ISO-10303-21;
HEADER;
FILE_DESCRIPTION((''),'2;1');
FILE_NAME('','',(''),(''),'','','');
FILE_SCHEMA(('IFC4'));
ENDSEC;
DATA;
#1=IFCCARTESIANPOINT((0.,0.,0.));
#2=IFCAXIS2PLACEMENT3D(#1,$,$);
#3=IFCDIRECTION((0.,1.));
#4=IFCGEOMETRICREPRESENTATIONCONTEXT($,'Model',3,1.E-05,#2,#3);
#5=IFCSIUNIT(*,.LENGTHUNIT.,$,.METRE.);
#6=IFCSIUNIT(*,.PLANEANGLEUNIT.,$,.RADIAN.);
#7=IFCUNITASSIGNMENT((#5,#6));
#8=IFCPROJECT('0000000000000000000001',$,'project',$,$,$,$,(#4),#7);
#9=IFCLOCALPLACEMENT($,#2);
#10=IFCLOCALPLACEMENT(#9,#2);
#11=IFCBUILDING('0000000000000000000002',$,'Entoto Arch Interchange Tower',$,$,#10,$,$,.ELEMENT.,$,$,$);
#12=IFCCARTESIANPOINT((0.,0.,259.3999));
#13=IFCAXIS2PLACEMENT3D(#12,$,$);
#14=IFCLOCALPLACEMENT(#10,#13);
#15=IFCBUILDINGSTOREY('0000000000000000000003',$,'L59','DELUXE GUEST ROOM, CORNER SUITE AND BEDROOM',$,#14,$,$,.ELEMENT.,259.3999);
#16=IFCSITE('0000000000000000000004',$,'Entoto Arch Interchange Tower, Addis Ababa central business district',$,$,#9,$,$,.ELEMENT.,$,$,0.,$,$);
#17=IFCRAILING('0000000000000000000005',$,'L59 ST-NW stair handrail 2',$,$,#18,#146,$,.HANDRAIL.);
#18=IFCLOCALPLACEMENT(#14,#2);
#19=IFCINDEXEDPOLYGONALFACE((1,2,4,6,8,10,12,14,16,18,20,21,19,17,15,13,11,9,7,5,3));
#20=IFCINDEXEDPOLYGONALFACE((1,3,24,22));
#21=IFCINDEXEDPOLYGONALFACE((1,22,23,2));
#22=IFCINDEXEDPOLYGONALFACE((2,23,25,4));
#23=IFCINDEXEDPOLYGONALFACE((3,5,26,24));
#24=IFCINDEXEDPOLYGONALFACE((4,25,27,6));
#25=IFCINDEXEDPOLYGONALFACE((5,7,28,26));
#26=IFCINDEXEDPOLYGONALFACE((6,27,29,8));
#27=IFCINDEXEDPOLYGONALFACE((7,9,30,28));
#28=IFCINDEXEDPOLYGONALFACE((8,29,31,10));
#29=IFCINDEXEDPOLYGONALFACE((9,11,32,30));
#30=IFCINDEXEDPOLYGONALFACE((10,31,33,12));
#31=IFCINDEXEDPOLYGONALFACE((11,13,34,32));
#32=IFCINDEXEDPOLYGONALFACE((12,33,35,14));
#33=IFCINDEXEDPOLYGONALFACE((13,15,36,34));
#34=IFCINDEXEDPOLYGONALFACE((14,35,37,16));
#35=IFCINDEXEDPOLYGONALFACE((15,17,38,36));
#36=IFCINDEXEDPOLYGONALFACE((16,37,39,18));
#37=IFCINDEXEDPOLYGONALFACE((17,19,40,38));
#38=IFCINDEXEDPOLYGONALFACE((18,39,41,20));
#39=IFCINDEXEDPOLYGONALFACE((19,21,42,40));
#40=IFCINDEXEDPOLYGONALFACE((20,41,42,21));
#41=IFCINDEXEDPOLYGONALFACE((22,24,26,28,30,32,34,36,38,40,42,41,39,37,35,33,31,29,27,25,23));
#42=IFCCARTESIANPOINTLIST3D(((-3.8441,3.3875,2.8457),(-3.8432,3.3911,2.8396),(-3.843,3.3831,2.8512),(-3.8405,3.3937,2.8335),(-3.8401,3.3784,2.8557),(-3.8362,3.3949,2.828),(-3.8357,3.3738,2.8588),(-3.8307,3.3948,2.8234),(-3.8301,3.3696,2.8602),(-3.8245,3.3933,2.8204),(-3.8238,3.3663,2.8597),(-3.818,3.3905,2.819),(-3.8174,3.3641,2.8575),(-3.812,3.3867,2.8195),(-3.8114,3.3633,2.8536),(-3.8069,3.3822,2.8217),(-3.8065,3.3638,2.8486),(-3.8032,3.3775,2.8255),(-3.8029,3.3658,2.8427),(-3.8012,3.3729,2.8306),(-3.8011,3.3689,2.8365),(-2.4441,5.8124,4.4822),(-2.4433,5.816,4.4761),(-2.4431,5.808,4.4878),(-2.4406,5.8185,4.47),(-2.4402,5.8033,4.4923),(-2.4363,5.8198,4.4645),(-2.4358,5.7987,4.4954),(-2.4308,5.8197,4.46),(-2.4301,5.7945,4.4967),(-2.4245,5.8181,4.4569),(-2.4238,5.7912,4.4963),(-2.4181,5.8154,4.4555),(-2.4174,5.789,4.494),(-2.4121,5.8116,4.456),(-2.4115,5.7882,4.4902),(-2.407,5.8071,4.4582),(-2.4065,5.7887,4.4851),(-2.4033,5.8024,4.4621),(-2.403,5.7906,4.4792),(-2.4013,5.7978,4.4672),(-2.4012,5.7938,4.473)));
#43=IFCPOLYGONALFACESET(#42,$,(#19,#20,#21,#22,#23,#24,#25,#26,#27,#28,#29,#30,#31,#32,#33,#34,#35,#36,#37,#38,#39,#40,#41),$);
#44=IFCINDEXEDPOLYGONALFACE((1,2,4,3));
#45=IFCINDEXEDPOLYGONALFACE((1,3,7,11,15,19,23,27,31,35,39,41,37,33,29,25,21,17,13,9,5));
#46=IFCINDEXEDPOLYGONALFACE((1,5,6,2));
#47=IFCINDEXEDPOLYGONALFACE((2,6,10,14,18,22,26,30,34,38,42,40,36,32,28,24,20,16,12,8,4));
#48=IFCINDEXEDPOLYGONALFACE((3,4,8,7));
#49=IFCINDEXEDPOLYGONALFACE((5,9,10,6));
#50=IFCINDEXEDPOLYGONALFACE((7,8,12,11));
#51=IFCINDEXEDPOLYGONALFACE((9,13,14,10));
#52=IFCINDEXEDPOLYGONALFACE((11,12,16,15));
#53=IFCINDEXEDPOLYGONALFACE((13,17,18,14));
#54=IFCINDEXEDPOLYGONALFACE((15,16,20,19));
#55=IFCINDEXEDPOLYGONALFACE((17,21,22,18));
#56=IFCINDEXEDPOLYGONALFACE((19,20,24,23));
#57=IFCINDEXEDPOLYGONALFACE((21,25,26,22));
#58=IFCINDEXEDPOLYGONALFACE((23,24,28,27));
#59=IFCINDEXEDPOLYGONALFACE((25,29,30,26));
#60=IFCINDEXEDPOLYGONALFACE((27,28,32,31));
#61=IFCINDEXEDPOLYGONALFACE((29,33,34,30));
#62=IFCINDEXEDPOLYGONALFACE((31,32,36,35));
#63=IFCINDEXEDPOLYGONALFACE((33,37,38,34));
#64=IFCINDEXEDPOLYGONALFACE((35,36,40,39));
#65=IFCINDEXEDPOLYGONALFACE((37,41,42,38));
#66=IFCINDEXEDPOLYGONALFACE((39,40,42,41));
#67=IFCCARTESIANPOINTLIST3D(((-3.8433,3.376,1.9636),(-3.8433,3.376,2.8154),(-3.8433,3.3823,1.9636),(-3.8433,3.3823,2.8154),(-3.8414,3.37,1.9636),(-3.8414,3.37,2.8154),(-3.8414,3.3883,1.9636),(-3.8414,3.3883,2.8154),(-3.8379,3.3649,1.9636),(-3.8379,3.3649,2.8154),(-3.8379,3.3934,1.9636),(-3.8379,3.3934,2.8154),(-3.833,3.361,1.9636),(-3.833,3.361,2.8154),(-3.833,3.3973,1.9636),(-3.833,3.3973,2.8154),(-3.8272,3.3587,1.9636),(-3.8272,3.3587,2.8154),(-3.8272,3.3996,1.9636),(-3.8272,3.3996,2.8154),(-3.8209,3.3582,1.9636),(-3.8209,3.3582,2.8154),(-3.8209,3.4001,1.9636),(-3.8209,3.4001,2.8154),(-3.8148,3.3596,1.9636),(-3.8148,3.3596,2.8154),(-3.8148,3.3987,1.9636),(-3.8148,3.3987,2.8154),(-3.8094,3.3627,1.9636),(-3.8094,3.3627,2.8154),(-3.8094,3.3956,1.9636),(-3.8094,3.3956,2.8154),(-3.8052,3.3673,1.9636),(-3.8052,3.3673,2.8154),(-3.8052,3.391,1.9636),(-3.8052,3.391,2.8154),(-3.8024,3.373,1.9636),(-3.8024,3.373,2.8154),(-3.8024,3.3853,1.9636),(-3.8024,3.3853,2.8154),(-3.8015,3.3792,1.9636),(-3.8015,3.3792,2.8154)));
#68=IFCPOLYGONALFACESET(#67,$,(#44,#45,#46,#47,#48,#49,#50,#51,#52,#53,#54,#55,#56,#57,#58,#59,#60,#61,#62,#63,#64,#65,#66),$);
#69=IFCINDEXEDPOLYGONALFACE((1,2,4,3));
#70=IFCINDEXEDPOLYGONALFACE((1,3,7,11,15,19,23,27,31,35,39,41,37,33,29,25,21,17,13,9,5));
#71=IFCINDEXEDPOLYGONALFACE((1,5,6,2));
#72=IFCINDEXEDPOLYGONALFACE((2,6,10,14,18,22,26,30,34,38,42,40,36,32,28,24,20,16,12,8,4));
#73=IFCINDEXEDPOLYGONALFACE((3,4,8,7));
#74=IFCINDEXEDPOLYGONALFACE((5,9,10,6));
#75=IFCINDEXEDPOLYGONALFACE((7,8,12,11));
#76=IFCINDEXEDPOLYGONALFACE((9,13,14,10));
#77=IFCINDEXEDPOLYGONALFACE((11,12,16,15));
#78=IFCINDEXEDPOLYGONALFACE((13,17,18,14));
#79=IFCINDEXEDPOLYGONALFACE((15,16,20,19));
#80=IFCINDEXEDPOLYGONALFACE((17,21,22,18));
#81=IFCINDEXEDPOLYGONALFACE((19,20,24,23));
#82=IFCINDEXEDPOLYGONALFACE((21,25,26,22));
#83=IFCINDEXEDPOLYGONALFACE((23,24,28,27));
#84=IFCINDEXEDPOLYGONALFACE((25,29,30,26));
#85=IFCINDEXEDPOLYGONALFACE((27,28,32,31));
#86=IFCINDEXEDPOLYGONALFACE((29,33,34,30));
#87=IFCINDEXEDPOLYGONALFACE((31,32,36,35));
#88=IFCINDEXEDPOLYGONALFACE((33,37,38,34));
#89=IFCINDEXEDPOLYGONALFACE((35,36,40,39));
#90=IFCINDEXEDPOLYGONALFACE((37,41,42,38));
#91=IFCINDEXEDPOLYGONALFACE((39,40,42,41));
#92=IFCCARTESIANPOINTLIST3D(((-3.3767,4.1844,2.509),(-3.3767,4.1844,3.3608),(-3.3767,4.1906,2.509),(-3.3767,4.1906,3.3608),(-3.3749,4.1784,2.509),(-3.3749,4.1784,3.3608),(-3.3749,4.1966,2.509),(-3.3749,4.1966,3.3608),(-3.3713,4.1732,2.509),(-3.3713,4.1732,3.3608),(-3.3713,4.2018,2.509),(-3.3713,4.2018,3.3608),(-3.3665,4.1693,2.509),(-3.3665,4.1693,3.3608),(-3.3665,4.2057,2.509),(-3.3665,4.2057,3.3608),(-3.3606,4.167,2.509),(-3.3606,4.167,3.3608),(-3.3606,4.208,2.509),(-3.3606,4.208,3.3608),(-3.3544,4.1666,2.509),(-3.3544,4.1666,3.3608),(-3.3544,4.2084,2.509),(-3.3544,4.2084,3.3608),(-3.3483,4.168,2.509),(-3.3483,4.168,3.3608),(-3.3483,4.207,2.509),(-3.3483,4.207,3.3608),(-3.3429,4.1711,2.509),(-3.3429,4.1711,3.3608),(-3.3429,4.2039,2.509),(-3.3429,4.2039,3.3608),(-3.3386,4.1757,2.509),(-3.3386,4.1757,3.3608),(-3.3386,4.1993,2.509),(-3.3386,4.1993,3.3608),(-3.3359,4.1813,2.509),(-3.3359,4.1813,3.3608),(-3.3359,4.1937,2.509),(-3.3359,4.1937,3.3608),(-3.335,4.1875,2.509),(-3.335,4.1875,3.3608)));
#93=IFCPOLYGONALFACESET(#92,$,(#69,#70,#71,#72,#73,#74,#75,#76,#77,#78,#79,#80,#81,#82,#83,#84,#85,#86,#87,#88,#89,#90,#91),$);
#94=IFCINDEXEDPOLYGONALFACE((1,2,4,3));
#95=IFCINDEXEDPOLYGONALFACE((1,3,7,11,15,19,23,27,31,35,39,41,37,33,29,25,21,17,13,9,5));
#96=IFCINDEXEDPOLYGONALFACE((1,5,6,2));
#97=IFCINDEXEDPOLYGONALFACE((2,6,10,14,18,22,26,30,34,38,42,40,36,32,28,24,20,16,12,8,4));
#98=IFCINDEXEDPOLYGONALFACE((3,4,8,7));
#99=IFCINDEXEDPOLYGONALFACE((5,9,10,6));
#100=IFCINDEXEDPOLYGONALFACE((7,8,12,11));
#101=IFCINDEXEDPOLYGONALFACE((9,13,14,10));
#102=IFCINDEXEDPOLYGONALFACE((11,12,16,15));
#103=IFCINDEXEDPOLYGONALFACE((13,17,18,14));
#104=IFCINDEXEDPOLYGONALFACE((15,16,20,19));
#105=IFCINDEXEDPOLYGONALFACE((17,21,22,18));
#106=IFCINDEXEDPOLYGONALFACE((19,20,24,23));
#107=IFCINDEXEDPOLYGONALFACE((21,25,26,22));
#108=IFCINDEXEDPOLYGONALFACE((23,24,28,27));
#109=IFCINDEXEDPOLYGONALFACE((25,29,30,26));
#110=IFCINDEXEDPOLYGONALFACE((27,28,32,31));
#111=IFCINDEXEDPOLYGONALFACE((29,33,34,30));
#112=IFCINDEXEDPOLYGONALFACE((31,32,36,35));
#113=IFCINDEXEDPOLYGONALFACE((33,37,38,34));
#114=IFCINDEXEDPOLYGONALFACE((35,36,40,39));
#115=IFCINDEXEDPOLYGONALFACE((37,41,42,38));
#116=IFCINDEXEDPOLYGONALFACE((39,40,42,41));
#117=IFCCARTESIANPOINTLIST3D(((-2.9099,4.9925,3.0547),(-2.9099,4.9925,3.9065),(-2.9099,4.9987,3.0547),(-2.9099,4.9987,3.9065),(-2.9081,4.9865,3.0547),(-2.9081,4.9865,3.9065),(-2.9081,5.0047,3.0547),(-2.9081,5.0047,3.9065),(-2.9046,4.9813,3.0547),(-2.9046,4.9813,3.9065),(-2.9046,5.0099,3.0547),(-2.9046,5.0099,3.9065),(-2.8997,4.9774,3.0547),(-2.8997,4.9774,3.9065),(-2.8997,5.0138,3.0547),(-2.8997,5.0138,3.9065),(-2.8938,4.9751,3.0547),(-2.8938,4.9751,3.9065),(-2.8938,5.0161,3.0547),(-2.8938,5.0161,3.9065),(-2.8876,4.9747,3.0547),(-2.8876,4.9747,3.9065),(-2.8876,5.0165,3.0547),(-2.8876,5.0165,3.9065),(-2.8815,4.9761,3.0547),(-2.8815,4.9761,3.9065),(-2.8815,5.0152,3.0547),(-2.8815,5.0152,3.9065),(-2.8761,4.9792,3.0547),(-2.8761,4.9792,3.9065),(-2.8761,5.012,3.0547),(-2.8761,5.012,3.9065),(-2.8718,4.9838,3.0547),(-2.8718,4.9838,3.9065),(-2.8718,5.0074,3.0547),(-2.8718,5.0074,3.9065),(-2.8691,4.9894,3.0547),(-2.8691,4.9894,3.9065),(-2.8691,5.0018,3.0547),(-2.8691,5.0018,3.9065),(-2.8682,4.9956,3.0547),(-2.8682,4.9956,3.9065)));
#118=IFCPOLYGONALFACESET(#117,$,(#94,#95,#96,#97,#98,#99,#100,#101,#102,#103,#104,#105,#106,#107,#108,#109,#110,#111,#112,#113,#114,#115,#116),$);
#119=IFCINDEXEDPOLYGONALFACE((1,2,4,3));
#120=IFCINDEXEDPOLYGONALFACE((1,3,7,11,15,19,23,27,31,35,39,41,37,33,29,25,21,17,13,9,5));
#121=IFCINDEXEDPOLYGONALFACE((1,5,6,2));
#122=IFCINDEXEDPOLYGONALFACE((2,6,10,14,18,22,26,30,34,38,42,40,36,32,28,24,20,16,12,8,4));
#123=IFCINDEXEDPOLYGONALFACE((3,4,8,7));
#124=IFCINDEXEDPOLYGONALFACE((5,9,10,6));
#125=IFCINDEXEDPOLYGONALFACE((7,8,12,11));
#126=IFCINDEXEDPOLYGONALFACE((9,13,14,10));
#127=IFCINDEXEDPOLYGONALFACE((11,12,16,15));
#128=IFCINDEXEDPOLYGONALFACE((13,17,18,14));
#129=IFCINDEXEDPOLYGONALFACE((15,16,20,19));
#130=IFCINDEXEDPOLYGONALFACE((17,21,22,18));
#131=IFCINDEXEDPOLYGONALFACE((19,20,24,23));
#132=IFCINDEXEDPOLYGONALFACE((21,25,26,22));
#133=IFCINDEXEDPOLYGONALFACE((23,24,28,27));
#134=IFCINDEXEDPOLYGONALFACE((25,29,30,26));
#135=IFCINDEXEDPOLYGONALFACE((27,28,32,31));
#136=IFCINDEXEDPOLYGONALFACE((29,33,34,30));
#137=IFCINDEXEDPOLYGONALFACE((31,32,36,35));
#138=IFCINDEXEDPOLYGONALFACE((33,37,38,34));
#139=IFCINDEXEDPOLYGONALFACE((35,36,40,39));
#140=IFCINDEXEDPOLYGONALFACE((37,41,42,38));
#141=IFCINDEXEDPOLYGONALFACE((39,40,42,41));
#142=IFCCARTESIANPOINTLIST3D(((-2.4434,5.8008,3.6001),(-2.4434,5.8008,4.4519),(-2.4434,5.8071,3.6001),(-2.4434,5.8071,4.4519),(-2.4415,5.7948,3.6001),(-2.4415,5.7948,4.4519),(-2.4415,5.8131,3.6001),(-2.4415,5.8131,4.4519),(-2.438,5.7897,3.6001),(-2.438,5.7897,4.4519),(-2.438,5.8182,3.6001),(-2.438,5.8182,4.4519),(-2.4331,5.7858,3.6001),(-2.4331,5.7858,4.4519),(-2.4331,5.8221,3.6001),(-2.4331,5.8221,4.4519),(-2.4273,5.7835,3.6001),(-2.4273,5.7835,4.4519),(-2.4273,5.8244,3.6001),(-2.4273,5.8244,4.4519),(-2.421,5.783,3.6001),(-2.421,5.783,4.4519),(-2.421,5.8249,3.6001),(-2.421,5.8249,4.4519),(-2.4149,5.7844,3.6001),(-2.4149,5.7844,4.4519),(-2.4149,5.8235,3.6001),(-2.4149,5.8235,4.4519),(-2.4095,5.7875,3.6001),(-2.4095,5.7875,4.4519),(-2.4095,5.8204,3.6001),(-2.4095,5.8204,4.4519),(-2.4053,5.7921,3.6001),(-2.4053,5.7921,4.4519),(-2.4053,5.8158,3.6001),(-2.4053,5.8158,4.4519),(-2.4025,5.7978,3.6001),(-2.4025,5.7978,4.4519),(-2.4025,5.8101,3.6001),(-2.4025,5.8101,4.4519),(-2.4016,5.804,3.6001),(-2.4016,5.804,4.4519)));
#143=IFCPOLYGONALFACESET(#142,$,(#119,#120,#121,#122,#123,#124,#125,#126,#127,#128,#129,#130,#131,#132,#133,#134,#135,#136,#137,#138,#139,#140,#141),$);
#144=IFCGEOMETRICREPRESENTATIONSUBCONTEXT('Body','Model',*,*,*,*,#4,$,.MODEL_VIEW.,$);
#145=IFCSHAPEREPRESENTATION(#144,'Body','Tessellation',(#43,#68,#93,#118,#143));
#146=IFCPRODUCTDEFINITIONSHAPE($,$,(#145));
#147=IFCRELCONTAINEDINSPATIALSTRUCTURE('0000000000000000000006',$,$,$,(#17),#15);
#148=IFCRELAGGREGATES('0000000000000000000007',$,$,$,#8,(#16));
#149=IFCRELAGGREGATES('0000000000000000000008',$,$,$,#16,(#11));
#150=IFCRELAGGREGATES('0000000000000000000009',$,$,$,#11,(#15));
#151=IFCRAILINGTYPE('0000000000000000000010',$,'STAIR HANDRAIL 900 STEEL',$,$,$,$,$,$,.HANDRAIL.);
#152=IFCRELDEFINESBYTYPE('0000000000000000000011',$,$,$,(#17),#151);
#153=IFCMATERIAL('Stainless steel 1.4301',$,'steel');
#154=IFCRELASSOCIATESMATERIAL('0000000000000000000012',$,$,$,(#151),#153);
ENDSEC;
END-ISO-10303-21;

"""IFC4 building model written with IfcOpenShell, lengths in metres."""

from ifc_helpers import new_model, si_unit, direction, frame, origin, origin_2d, place, context, subcontext, project, spatial, circle, extrude, material, type_object, element, save


model = new_model("IFC4")

# Units and contexts
model_context = context("Model", 3, precision=1e-05, world=origin(), true_north=direction((0.0, 1.0)))
body_context = subcontext(model_context, "Body", "Model", "MODEL_VIEW")
ifc_project = project(units=[si_unit("LENGTHUNIT", "METRE"), si_unit("PLANEANGLEUNIT", "RADIAN")], contexts=[model_context])

# Site, building, storey
site_placement = place(None, origin())
site = spatial("IfcSite", under=ifc_project, at=site_placement, Name="Entoto Arch Interchange Tower, Addis Ababa central business district", CompositionType="ELEMENT", RefElevation=0.0)
building_placement = place(site_placement, origin())
building = spatial("IfcBuilding", under=site, at=building_placement, Name="Entoto Arch Interchange Tower", CompositionType="ELEMENT")
storey_placement = place(building_placement, frame((0.0, 0.0, 259.3999)))
storey = spatial("IfcBuildingStorey", under=building, at=storey_placement, Name="L59", Description="DELUXE GUEST ROOM, CORNER SUITE AND BEDROOM", CompositionType="ELEMENT", Elevation=259.3999)

# Railing
ifc_material_1 = material(Name="Stainless steel 1.4301", Category="steel")
railing_type_1 = type_object("IfcRailingType", Name="STAIR HANDRAIL 900 STEEL", PredefinedType="HANDRAIL", material=ifc_material_1)
railing_1_placement = place(storey_placement, frame((-3.8225, 3.3792, 1.9636)))
element("IfcRailing", 1, at=railing_1_placement, inside=storey, type_object=railing_type_1, Name="L59 ST-NW stair handrail 2", PredefinedType="HANDRAIL", context=body_context, shape_type="SweptSolid", body=[
    extrude(circle(Radius=0.0239, at=origin_2d()), frame((0.0, 0.0, 0.876), z_axis=(0.431661, 0.74769, 0.504608), x_axis=(-0.866035, 0.499984, 0.0)), (0.0, 0.0, 1.0), 3.2432),
    extrude(circle(Radius=0.021, at=origin_2d()), origin(), (0.0, 0.0, 1.0), 0.8518),
    extrude(circle(Radius=0.021, at=origin_2d()), frame((0.4666, 0.8083, 0.5454)), (0.0, 0.0, 1.0), 0.8518),
    extrude(circle(Radius=0.021, at=origin_2d()), frame((0.9333, 1.6165, 1.0911)), (0.0, 0.0, 1.0), 0.8518),
    extrude(circle(Radius=0.021, at=origin_2d()), frame((1.3999, 2.4248, 1.6365)), (0.0, 0.0, 1.0), 0.8518),
])

save(model, "model.ifc")
